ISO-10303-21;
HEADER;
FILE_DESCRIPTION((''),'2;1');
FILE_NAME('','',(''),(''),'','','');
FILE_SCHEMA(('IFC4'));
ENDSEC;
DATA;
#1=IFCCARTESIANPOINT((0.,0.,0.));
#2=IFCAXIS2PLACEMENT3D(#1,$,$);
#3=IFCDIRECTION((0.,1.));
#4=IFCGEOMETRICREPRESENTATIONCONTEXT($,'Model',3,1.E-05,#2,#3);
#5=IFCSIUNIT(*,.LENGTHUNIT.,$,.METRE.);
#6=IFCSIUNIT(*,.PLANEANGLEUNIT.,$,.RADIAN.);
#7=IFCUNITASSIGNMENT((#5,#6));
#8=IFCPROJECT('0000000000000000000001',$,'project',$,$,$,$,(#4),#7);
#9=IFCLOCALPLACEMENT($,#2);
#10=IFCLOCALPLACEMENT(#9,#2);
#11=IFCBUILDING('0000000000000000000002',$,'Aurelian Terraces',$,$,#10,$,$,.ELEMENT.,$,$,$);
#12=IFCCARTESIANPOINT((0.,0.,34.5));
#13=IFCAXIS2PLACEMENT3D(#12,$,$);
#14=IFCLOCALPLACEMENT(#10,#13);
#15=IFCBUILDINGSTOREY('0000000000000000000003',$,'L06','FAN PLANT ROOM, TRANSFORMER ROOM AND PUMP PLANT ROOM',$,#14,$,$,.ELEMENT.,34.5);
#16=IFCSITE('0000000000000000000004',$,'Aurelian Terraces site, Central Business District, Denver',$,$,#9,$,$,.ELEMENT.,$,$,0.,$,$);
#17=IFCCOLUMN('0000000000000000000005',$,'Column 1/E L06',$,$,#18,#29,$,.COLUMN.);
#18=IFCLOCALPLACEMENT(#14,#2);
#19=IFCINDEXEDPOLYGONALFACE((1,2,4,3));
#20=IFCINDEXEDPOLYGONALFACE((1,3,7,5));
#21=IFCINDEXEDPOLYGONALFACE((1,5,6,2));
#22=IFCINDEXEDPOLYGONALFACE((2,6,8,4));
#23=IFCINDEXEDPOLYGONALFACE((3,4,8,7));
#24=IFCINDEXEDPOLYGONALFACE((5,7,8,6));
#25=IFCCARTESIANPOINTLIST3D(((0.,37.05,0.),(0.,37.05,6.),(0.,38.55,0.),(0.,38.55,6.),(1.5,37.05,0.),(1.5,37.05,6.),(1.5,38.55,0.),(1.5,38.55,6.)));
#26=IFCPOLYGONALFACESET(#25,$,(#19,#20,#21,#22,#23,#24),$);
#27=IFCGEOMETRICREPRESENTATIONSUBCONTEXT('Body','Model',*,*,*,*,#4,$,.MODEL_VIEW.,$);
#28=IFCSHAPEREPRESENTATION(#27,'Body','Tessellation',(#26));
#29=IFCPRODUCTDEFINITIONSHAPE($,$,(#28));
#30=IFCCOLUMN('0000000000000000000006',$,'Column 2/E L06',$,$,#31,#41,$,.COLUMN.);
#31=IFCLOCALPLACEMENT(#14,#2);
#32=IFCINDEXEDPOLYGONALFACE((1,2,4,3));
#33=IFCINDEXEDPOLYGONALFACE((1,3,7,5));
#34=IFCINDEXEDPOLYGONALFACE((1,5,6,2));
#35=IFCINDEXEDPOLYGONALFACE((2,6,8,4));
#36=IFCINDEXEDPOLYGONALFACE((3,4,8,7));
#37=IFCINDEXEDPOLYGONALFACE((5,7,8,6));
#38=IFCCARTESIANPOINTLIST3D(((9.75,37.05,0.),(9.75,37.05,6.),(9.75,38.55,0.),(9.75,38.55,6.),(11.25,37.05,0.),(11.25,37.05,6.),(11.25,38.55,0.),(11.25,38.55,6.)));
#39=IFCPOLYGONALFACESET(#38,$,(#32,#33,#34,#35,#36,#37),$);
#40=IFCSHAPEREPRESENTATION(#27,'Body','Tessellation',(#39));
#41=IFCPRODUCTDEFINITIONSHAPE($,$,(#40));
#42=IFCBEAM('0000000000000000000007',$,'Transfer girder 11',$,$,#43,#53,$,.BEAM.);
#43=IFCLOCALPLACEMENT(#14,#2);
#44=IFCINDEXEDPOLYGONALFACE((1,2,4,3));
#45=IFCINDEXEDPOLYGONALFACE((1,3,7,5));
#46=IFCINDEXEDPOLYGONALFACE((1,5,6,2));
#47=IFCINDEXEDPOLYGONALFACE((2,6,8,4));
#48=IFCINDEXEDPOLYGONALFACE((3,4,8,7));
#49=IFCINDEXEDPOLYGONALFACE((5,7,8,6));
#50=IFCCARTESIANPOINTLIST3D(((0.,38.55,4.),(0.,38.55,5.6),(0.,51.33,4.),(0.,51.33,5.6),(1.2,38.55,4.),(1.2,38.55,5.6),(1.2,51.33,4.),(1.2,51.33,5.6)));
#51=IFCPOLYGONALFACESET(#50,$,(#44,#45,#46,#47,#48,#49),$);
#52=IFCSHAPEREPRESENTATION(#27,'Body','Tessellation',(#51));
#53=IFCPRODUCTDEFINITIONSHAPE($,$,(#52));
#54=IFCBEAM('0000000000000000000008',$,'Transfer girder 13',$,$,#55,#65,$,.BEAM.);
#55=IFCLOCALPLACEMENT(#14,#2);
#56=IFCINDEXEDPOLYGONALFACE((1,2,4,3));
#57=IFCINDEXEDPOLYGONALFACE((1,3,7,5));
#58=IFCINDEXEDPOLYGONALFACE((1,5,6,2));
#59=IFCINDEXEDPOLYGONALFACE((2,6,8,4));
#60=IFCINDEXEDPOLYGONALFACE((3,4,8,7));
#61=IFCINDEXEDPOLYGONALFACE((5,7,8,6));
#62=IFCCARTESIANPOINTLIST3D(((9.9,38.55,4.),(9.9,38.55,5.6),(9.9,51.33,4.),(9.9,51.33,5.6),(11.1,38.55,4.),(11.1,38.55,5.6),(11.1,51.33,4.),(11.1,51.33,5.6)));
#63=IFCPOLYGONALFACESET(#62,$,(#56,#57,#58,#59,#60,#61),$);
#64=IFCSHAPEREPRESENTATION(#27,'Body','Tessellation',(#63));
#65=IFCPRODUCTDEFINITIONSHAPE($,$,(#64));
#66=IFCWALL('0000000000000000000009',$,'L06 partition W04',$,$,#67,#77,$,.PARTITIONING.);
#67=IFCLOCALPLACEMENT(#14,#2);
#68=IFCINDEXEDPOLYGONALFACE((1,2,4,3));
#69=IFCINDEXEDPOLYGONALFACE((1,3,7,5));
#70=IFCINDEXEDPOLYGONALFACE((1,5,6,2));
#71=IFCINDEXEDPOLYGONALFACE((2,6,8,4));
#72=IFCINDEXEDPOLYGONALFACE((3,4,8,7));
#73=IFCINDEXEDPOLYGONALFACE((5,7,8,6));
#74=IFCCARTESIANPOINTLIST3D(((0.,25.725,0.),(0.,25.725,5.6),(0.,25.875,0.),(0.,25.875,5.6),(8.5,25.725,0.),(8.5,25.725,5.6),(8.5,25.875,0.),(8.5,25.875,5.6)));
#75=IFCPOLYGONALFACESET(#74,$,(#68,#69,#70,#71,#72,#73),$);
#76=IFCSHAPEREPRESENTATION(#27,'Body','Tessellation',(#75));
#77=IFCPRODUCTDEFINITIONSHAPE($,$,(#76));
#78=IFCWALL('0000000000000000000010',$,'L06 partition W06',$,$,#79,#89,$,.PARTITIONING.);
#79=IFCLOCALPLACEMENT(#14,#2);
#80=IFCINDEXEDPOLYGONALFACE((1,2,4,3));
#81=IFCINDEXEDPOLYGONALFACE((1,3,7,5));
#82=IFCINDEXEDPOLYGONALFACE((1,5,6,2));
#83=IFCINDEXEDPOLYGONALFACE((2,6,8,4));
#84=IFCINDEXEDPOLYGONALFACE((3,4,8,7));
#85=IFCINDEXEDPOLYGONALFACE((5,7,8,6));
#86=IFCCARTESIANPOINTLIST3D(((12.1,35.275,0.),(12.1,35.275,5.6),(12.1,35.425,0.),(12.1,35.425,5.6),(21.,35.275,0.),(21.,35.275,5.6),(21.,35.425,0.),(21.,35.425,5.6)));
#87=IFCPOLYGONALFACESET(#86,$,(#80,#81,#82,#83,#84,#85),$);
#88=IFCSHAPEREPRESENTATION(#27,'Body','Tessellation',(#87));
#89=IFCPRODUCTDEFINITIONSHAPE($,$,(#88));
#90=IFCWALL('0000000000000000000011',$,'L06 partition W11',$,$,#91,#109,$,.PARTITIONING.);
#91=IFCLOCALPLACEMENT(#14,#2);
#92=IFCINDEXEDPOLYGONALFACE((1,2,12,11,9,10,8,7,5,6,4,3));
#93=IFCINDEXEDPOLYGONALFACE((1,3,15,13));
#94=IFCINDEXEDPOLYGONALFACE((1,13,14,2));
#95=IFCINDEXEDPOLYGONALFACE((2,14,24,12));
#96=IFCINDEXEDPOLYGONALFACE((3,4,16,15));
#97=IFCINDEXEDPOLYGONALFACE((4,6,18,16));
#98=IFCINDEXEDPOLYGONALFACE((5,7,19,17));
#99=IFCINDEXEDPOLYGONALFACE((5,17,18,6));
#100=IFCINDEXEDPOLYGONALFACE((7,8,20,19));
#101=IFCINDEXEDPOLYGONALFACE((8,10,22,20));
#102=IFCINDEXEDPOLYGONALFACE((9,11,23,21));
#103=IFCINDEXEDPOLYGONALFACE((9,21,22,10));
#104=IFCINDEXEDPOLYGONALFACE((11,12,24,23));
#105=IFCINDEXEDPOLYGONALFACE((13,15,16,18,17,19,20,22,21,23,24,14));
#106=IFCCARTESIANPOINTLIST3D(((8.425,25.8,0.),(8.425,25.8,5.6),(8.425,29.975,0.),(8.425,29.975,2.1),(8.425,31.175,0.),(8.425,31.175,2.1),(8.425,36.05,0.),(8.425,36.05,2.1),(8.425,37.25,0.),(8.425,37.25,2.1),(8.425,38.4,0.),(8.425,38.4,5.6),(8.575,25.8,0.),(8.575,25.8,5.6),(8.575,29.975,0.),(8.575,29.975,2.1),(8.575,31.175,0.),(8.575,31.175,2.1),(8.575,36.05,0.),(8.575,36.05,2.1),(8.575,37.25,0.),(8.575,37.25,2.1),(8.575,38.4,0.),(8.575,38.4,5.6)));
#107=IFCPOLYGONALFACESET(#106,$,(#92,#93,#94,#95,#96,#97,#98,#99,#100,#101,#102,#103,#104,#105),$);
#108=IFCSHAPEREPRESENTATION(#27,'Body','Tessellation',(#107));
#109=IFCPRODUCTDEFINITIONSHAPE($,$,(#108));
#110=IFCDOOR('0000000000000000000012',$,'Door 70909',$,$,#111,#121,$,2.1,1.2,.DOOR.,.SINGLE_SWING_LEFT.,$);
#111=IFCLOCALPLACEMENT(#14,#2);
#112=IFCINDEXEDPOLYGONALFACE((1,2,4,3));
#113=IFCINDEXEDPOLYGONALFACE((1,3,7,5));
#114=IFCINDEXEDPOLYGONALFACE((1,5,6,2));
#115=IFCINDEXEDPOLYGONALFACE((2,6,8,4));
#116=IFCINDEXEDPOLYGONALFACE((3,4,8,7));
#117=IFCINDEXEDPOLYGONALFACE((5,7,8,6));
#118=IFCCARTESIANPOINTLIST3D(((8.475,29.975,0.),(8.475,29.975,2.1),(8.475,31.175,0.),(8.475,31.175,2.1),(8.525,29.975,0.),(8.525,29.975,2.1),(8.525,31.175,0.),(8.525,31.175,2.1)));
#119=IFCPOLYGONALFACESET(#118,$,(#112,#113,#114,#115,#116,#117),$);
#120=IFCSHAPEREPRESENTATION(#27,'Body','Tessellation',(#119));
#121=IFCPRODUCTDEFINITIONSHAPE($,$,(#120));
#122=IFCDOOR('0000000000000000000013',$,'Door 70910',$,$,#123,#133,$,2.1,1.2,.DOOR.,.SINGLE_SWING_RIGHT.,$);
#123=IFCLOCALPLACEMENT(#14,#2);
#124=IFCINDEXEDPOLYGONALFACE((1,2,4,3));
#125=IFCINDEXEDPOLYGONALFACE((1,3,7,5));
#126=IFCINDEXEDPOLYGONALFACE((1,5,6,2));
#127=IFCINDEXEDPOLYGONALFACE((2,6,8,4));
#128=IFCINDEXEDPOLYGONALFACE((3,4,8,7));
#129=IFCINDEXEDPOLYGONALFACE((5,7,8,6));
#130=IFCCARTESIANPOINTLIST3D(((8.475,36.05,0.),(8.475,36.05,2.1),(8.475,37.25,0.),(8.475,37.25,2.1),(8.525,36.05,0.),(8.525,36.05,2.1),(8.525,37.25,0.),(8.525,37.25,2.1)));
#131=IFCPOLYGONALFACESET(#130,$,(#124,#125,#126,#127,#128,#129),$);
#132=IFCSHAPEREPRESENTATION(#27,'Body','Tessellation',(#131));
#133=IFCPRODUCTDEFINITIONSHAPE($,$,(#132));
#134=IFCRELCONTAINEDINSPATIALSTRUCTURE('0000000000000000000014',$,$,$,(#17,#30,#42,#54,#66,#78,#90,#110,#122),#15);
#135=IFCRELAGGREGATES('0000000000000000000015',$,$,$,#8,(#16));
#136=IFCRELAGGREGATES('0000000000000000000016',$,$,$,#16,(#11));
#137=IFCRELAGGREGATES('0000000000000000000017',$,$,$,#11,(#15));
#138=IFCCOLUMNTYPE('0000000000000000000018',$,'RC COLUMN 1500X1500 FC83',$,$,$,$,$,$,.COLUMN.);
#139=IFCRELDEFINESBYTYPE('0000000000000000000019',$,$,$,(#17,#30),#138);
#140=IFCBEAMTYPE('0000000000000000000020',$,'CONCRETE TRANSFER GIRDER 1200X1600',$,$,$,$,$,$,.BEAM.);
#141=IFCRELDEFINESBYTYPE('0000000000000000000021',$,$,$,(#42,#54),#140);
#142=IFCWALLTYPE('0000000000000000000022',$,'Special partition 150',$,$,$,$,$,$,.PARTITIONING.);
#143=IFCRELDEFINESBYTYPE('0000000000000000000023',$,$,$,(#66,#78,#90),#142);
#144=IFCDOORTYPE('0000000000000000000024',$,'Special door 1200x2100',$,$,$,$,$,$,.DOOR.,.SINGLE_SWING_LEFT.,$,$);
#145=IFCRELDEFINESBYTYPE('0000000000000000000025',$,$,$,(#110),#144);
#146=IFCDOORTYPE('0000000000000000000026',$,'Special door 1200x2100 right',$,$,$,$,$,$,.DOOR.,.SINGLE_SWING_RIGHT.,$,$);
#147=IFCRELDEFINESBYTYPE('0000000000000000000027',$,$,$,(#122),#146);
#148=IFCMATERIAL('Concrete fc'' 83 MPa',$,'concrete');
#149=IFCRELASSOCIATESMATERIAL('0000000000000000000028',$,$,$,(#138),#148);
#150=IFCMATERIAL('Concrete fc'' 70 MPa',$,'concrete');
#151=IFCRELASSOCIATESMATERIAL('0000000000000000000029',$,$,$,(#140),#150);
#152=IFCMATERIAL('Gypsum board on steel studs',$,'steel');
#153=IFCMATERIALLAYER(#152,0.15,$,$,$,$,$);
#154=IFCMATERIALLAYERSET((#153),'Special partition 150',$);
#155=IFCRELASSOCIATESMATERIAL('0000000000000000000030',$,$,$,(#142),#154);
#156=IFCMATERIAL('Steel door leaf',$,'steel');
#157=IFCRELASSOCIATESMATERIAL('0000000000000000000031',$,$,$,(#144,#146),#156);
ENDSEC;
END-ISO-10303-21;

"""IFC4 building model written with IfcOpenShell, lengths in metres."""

from ifc_helpers import new_model, si_unit, direction, frame, frame_2d, origin, origin_2d, place, context, subcontext, project, spatial, rectangle, extrude, source, transform, mapped, material, layer, layer_set, material_profile, profile_set, type_object, element, fill, save


model = new_model("IFC4")

# Units and contexts
model_context = context("Model", 3, precision=1e-05, world=origin(), true_north=direction((0.0, 1.0)))
body_context = subcontext(model_context, "Body", "Model", "MODEL_VIEW")
ifc_project = project(units=[si_unit("LENGTHUNIT", "METRE"), si_unit("PLANEANGLEUNIT", "RADIAN")], contexts=[model_context])

# Site, building, storey
site_placement = place(None, origin())
site = spatial("IfcSite", under=ifc_project, at=site_placement, Name="Aurelian Terraces site, Central Business District, Denver", CompositionType="ELEMENT", RefElevation=0.0)
building_placement = place(site_placement, origin())
building = spatial("IfcBuilding", under=site, at=building_placement, Name="Aurelian Terraces", CompositionType="ELEMENT")
storey_placement = place(building_placement, frame((0.0, 0.0, 34.5)))
storey = spatial("IfcBuildingStorey", under=building, at=storey_placement, Name="L06", Description="FAN PLANT ROOM, TRANSFORMER ROOM AND PUMP PLANT ROOM", CompositionType="ELEMENT", Elevation=34.5)

# Columns
ifc_material_1 = material(Name="Concrete fc' 83 MPa", Category="concrete")
ifc_material_profile_1 = material_profile(ifc_material_1, rectangle(XDim=1.5, YDim=1.5, at=origin_2d()))
ifc_profile_set_1 = profile_set([ifc_material_profile_1], Name="Concrete fc' 83 MPa")
column_type = type_object("IfcColumnType", Name="RC COLUMN 1500X1500 FC83", PredefinedType="COLUMN", material=ifc_profile_set_1)
shared_shape_1 = source(origin(), body_context, "Body", "SweptSolid", [
    extrude(rectangle(XDim=1.5, YDim=1.5, at=origin_2d()), origin(), (0.0, 0.0, 1.0), 6.0),
])
for number, where, z_axis, x_axis, name in (
    (1, (0.75, 37.8, 0.0), (0.0, 0.0, 1.0), (1.0, 0.0, 0.0), "Column 1/E L06"),
    (2, (10.5, 37.8, 0.0), (0.0, 0.0, 1.0), (1.0, 0.0, 0.0), "Column 2/E L06"),
):
    element("IfcColumn", number, at=place(storey_placement, frame(where, z_axis=z_axis, x_axis=x_axis)), inside=storey, type_object=column_type, Name=name, PredefinedType="COLUMN", context=body_context, shape_type="MappedRepresentation", body=[
        mapped(shared_shape_1, transform((0.0, 0.0, 0.0), scale=1.0)),
    ])

# Beams
ifc_material_2 = material(Name="Concrete fc' 70 MPa", Category="concrete")
ifc_material_profile_2 = material_profile(ifc_material_2, rectangle(XDim=1.2, YDim=1.6, at=origin_2d()))
ifc_profile_set_2 = profile_set([ifc_material_profile_2], Name="Concrete fc' 70 MPa")
beam_type = type_object("IfcBeamType", Name="CONCRETE TRANSFER GIRDER 1200X1600", PredefinedType="BEAM", material=ifc_profile_set_2)
shared_shape_2 = source(origin(), body_context, "Body", "SweptSolid", [
    extrude(rectangle(XDim=1.2, YDim=1.6, at=origin_2d()), origin(), (0.0, 0.0, 1.0), 12.78),
])
for number, where, z_axis, x_axis, name in (
    (3, (0.6, 38.55, 4.8), (0.0, 1.0, 0.0), (-1.0, 0.0, 0.0), "Transfer girder 11"),
    (4, (10.5, 38.55, 4.8), (0.0, 1.0, 0.0), (-1.0, 0.0, 0.0), "Transfer girder 13"),
):
    element("IfcBeam", number, at=place(storey_placement, frame(where, z_axis=z_axis, x_axis=x_axis)), inside=storey, type_object=beam_type, Name=name, PredefinedType="BEAM", context=body_context, shape_type="MappedRepresentation", body=[
        mapped(shared_shape_2, transform((0.0, 0.0, 0.0), scale=1.0)),
    ])

# Walls
ifc_material_3 = material(Name="Gypsum board on steel studs", Category="steel")
ifc_layer_1 = layer(ifc_material_3, 0.15)
ifc_layer_set_1 = layer_set([ifc_layer_1], Name="Special partition 150")
wall_type_1 = type_object("IfcWallType", Name="Special partition 150", PredefinedType="PARTITIONING", material=ifc_layer_set_1)
wall_1_placement = place(storey_placement, frame((0.0, 25.8, 0.0), z_axis=(0.0, 0.0, 1.0), x_axis=(1.0, 0.0, 0.0)))
element("IfcWall", 5, at=wall_1_placement, inside=storey, type_object=wall_type_1, Name="L06 partition W04", PredefinedType="PARTITIONING", context=body_context, shape_type="SweptSolid", body=[
    extrude(rectangle(XDim=8.5, YDim=0.15, at=frame_2d((4.25, 0.0))), origin(), (0.0, 0.0, 1.0), 5.6),
])
wall_2_placement = place(storey_placement, frame((12.1, 35.35, 0.0), z_axis=(0.0, 0.0, 1.0), x_axis=(1.0, 0.0, 0.0)))
element("IfcWall", 6, at=wall_2_placement, inside=storey, type_object=wall_type_1, Name="L06 partition W06", PredefinedType="PARTITIONING", context=body_context, shape_type="SweptSolid", body=[
    extrude(rectangle(XDim=8.9, YDim=0.15, at=frame_2d((4.45, 0.0))), origin(), (0.0, 0.0, 1.0), 5.6),
])

# Wall, openings, doors
wall_3_placement = place(storey_placement, frame((8.5, 25.8, 0.0), z_axis=(0.0, 0.0, 1.0), x_axis=(0.0, 1.0, 0.0)))
wall_3 = element("IfcWall", 7, at=wall_3_placement, inside=storey, type_object=wall_type_1, Name="L06 partition W11", PredefinedType="PARTITIONING", context=body_context, shape_type="SweptSolid", body=[
    extrude(rectangle(XDim=12.6, YDim=0.15, at=frame_2d((6.3, 0.0))), origin(), (0.0, 0.0, 1.0), 5.6),
])
shared_shape_3 = source(origin(), body_context, "Body", "SweptSolid", [
    extrude(rectangle(XDim=1.2, YDim=2.1, at=frame_2d((0.6, 1.05))), frame((0.0, 0.085, 0.0), z_axis=(0.0, -1.0, 0.0), x_axis=(1.0, 0.0, 0.0)), (0.0, 0.0, 1.0), 0.17),
])
opening_1_placement = place(wall_3_placement, frame((4.175, 0.0, 0.0)))
opening_1 = element("IfcOpeningElement", 8, at=opening_1_placement, cuts=wall_3, PredefinedType="OPENING", context=body_context, shape_type="MappedRepresentation", body=[
    mapped(shared_shape_3, transform((0.0, 0.0, 0.0), scale=1.0)),
])
opening_2_placement = place(wall_3_placement, frame((10.25, 0.0, 0.0)))
opening_2 = element("IfcOpeningElement", 9, at=opening_2_placement, cuts=wall_3, PredefinedType="OPENING", context=body_context, shape_type="MappedRepresentation", body=[
    mapped(shared_shape_3, transform((0.0, 0.0, 0.0), scale=1.0)),
])
ifc_material_4 = material(Name="Steel door leaf", Category="steel")
door_type_1 = type_object("IfcDoorType", Name="Special door 1200x2100", OperationType="SINGLE_SWING_LEFT", PredefinedType="DOOR", material=ifc_material_4)
shared_shape_4 = source(origin(), body_context, "Body", "SweptSolid", [
    extrude(rectangle(XDim=1.2, YDim=2.1, at=frame_2d((0.6, 1.05))), frame((0.0, 0.025, 0.0), z_axis=(0.0, -1.0, 0.0), x_axis=(1.0, 0.0, 0.0)), (0.0, 0.0, 1.0), 0.05),
])
door_1_placement = place(opening_1_placement, origin())
door_1 = element("IfcDoor", 10, at=door_1_placement, inside=storey, type_object=door_type_1, Name="Door 70909", OperationType="SINGLE_SWING_LEFT", OverallHeight=2.1, OverallWidth=1.2, PredefinedType="DOOR", context=body_context, shape_type="MappedRepresentation", body=[
    mapped(shared_shape_4, transform((0.0, 0.0, 0.0), scale=1.0)),
])
fill(opening_1, door_1)
door_type_2 = type_object("IfcDoorType", Name="Special door 1200x2100 right", OperationType="SINGLE_SWING_RIGHT", PredefinedType="DOOR", material=ifc_material_4)
door_2_placement = place(opening_2_placement, origin())
door_2 = element("IfcDoor", 11, at=door_2_placement, inside=storey, type_object=door_type_2, Name="Door 70910", OperationType="SINGLE_SWING_RIGHT", OverallHeight=2.1, OverallWidth=1.2, PredefinedType="DOOR", context=body_context, shape_type="MappedRepresentation", body=[
    mapped(shared_shape_4, transform((0.0, 0.0, 0.0), scale=1.0)),
])
fill(opening_2, door_2)

save(model, "model.ifc")
